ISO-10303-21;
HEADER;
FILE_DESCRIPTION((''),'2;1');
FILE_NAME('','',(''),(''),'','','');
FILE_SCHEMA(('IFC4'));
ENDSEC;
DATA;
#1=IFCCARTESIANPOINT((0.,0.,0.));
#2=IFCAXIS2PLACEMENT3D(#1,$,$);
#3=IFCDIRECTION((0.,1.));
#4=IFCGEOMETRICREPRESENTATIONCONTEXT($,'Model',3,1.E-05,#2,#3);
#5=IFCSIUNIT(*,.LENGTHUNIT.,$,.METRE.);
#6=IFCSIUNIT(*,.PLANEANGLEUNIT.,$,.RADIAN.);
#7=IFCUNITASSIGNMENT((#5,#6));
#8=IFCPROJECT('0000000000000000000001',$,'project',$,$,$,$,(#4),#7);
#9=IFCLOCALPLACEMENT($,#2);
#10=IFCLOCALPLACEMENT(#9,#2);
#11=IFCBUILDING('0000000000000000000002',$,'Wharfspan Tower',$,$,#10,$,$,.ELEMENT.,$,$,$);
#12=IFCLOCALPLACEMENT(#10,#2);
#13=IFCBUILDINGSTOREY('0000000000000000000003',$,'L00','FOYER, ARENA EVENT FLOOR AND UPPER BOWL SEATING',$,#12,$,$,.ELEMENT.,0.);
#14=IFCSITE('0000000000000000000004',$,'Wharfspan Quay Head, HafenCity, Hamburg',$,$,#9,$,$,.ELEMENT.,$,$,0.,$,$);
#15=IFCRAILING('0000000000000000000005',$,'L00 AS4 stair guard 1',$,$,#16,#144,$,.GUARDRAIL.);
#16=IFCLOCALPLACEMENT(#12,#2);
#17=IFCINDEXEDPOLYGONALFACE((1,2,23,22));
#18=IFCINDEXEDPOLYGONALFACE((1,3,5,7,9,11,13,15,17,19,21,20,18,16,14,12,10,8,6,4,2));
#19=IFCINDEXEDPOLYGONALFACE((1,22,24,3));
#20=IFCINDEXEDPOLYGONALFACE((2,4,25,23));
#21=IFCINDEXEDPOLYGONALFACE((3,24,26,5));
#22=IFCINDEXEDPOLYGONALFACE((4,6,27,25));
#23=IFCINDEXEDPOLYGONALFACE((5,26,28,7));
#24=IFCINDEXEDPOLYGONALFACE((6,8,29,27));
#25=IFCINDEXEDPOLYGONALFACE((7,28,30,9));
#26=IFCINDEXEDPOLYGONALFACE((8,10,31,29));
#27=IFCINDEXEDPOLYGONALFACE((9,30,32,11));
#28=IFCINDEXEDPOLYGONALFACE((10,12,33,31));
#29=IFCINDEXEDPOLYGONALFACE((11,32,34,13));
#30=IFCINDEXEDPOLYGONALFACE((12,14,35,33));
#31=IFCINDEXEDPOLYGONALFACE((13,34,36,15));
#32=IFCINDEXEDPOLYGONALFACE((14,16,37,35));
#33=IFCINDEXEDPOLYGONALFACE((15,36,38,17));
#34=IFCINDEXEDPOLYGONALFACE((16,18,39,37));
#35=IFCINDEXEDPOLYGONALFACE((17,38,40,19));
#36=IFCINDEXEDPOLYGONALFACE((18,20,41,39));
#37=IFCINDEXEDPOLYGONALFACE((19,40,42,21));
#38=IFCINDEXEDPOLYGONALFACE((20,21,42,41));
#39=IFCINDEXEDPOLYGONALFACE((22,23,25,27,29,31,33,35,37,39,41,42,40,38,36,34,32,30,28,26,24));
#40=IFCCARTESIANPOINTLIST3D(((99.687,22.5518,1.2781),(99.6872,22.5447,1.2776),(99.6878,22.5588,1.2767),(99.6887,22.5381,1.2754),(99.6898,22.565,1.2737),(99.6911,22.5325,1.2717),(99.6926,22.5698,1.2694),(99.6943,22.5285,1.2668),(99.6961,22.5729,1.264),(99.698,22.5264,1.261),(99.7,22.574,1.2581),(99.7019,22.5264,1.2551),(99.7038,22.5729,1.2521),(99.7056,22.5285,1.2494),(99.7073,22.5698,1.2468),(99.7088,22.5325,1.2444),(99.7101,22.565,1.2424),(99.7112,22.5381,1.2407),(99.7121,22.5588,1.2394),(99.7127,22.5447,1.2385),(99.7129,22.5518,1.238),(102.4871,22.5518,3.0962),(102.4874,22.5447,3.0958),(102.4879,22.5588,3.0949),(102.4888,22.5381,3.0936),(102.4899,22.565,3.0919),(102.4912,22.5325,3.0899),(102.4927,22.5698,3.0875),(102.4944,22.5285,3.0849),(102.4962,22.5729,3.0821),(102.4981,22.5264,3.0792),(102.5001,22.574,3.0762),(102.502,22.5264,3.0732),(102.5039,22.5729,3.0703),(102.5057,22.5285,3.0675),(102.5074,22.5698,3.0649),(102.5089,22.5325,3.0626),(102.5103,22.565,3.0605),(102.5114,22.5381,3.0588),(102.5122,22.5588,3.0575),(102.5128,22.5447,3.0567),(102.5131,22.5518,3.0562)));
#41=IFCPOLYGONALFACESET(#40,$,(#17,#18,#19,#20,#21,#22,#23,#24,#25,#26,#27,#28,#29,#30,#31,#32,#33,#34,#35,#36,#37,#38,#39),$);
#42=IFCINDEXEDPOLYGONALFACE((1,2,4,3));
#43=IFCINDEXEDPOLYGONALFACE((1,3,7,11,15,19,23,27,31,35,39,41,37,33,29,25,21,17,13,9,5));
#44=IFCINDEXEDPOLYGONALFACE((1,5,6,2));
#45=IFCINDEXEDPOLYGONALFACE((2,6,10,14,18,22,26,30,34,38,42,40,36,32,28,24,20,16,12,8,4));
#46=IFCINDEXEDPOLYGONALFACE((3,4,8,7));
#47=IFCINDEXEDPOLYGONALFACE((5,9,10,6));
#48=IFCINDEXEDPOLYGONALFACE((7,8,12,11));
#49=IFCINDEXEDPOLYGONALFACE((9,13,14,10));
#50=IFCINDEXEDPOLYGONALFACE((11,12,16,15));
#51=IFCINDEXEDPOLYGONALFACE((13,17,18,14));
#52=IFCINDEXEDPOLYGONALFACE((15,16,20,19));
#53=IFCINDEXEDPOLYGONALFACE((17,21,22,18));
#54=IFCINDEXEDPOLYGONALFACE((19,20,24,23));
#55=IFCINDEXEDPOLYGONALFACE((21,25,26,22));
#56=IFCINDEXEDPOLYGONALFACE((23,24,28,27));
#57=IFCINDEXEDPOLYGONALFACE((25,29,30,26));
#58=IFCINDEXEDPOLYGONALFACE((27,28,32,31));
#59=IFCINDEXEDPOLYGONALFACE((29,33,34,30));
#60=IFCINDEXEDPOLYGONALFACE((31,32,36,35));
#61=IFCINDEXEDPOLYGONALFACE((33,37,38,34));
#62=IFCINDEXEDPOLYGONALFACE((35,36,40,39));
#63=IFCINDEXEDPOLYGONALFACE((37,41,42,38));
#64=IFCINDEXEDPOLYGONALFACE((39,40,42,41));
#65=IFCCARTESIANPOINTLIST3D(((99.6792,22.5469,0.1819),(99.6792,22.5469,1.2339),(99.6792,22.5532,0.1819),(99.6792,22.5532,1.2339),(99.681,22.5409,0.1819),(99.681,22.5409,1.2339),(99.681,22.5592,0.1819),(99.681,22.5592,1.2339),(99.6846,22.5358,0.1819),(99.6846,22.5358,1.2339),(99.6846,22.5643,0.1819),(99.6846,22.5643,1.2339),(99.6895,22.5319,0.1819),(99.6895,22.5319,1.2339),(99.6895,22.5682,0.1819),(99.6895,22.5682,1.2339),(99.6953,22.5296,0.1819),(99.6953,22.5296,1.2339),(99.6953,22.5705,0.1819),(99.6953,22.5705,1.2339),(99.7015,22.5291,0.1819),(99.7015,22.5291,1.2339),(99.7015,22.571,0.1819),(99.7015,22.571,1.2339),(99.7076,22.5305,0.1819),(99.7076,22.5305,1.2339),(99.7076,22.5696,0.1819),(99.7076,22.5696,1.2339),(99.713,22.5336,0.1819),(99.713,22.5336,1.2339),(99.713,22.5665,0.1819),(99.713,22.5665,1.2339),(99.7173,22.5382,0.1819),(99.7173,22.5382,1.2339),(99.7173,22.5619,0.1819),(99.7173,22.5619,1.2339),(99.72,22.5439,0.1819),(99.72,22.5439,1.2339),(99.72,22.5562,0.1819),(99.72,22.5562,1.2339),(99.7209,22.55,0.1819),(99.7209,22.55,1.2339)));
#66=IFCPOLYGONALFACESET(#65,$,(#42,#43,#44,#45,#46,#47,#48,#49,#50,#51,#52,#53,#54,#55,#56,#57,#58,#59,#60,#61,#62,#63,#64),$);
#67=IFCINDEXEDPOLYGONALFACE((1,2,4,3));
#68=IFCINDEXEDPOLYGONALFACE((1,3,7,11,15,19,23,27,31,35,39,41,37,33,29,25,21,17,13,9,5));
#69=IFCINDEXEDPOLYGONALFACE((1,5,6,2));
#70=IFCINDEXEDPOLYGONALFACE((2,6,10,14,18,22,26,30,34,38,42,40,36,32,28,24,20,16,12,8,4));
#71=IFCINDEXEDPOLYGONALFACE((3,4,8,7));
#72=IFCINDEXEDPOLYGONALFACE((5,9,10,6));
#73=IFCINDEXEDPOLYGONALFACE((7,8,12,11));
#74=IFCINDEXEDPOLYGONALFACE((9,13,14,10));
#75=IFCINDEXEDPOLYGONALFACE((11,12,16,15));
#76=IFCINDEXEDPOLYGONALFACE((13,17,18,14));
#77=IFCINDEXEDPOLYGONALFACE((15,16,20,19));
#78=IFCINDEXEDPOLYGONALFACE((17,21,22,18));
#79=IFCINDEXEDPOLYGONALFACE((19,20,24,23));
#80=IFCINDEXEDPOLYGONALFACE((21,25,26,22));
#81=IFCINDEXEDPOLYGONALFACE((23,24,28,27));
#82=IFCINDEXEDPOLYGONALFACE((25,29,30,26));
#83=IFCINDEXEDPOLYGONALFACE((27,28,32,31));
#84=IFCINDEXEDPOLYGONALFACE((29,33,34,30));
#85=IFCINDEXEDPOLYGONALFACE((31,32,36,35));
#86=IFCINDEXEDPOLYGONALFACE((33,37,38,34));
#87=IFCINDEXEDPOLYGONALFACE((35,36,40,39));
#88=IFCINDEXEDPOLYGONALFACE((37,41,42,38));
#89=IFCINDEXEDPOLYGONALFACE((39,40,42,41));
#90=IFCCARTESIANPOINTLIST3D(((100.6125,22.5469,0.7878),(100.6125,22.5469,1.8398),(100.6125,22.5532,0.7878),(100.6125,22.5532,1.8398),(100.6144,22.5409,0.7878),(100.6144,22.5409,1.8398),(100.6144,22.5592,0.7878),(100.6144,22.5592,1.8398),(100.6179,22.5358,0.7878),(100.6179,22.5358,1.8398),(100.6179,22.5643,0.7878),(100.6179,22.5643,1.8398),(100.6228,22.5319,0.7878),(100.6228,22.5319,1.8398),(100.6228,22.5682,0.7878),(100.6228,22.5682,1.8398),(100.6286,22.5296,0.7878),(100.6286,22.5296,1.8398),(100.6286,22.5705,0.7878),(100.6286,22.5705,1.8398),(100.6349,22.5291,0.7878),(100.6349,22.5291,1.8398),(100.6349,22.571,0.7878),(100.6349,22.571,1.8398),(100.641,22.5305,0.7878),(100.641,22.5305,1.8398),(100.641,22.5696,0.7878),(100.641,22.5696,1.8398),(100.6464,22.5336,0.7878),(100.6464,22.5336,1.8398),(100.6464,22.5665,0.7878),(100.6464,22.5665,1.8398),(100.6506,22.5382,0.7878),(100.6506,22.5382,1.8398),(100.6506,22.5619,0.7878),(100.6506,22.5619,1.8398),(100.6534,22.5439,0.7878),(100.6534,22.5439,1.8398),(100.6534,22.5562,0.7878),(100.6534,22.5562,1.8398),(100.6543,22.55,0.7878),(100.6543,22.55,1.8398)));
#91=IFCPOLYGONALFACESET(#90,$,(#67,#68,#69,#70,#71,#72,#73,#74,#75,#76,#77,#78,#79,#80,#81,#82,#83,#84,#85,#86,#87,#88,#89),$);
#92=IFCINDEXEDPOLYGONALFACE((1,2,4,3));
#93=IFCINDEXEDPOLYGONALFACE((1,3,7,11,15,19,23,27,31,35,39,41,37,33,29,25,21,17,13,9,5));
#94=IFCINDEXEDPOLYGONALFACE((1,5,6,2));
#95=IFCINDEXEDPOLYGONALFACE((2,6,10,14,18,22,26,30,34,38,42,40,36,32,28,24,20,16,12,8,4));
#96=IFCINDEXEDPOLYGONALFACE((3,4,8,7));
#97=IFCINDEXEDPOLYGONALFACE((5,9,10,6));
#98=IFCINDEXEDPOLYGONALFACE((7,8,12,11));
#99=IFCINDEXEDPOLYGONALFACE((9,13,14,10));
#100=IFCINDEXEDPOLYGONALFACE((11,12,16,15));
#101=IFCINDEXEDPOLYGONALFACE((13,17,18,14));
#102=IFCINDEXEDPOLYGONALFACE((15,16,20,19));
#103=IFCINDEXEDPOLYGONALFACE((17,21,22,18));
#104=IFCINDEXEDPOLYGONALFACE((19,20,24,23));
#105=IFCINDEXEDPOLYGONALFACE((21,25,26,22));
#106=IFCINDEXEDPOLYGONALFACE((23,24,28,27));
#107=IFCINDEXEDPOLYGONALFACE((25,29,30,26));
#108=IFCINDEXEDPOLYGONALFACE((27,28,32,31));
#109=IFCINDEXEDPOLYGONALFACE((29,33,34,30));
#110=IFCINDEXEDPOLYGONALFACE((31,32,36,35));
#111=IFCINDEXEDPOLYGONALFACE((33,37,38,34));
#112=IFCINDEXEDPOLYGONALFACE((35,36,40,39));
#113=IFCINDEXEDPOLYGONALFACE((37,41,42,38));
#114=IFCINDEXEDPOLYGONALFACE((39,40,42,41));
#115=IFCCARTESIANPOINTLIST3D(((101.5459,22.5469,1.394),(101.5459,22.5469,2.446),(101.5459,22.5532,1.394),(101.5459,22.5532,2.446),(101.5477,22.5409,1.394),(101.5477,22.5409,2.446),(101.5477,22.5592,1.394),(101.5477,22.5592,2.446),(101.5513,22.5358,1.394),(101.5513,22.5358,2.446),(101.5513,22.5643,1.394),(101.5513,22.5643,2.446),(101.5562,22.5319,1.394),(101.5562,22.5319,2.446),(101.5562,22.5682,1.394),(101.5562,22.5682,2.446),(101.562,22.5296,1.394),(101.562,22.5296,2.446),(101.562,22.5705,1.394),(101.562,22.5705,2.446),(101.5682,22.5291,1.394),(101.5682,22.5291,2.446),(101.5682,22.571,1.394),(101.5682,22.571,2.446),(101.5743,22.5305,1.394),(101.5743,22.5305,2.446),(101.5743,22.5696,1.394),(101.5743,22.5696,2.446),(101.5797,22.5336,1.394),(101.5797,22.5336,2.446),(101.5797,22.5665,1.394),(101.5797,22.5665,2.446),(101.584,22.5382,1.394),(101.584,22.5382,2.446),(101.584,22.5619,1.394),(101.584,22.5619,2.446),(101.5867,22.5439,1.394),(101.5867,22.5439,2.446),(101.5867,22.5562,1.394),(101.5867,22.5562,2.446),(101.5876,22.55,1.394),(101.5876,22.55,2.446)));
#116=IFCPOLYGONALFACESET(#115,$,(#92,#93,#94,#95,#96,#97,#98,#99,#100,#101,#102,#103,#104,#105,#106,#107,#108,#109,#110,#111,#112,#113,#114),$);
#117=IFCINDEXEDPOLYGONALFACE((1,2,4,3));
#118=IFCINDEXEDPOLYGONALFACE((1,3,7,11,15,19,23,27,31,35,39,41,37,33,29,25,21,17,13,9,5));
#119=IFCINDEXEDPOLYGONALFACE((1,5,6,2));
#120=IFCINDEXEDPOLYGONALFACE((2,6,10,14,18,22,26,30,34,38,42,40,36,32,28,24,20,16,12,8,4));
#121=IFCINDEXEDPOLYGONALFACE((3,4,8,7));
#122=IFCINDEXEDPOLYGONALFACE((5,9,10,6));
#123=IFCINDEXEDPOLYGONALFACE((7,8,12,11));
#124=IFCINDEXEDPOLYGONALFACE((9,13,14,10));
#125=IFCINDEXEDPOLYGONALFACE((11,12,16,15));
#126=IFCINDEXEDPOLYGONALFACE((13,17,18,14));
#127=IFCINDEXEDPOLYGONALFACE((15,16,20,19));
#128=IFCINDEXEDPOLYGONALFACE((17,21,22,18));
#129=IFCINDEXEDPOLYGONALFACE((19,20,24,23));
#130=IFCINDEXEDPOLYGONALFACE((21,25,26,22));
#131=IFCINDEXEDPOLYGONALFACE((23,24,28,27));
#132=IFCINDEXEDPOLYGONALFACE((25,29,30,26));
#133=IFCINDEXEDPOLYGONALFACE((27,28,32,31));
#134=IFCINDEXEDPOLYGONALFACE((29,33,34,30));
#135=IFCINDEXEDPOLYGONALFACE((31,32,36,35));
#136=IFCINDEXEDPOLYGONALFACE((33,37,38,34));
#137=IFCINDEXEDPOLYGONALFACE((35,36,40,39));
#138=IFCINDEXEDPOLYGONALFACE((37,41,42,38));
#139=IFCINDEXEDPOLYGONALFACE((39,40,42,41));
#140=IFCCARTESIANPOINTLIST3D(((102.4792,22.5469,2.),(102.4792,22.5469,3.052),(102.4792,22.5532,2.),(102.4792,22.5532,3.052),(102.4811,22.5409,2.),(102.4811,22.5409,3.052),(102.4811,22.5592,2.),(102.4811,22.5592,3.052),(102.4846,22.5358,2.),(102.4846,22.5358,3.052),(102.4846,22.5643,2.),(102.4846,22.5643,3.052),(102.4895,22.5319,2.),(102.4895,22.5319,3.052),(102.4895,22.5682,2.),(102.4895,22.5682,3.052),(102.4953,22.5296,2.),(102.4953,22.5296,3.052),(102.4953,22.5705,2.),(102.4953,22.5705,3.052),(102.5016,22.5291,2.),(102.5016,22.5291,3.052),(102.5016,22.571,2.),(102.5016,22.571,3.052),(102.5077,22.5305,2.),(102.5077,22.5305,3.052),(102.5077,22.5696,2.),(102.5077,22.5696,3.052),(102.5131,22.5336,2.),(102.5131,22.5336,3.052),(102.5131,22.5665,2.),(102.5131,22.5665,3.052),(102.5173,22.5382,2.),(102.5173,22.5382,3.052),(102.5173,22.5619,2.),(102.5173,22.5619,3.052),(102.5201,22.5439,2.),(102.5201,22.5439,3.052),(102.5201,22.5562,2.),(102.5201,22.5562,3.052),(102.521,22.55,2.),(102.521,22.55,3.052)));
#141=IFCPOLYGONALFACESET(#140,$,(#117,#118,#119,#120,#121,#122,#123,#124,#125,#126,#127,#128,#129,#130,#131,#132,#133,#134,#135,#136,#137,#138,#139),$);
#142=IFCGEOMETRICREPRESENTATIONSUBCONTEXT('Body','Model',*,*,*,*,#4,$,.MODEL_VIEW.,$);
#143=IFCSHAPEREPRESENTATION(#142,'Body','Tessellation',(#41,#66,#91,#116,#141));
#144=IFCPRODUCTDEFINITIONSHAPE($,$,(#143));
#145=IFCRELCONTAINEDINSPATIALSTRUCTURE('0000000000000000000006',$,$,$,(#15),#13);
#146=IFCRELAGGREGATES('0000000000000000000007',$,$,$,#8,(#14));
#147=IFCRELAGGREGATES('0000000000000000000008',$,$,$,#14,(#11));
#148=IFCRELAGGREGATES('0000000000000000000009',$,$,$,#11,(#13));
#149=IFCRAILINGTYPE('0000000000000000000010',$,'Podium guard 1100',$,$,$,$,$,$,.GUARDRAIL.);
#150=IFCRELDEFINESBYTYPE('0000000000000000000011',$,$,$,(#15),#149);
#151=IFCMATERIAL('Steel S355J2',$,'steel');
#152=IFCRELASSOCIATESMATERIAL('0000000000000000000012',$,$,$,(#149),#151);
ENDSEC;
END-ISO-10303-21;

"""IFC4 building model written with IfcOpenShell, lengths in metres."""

from ifc_helpers import new_model, si_unit, direction, frame, origin, origin_2d, place, context, subcontext, project, spatial, circle, extrude, material, type_object, element, save


model = new_model("IFC4")

# Units and contexts
model_context = context("Model", 3, precision=1e-05, world=origin(), true_north=direction((0.0, 1.0)))
body_context = subcontext(model_context, "Body", "Model", "MODEL_VIEW")
ifc_project = project(units=[si_unit("LENGTHUNIT", "METRE"), si_unit("PLANEANGLEUNIT", "RADIAN")], contexts=[model_context])

# Site, building, storey
site_placement = place(None, origin())
site = spatial("IfcSite", under=ifc_project, at=site_placement, Name="Wharfspan Quay Head, HafenCity, Hamburg", CompositionType="ELEMENT", RefElevation=0.0)
building_placement = place(site_placement, origin())
building = spatial("IfcBuilding", under=site, at=building_placement, Name="Wharfspan Tower", CompositionType="ELEMENT")
storey_placement = place(building_placement, origin())
storey = spatial("IfcBuildingStorey", under=building, at=storey_placement, Name="L00", Description="FOYER, ARENA EVENT FLOOR AND UPPER BOWL SEATING", CompositionType="ELEMENT", Elevation=0.0)

# Shared definitions
ifc_material_1 = material(Name="Steel S355J2", Category="steel")

# Railing
railing_type_1 = type_object("IfcRailingType", Name="Podium guard 1100", PredefinedType="GUARDRAIL", material=ifc_material_1)
railing_1_placement = place(storey_placement, frame((99.7, 22.55, 0.1819)))
element("IfcRailing", 1, at=railing_1_placement, inside=storey, type_object=railing_type_1, Name="L00 AS4 stair guard 1", PredefinedType="GUARDRAIL", context=body_context, shape_type="SweptSolid", body=[
    extrude(circle(Radius=0.0239, at=origin_2d()), frame((0.0, 0.0, 1.0762), z_axis=(0.838706, 0.0, 0.544585), x_axis=(0.0, 1.0, 0.0)), (0.0, 0.0, 1.0), 3.3386),
    extrude(circle(Radius=0.021, at=origin_2d()), origin(), (0.0, 0.0, 1.0), 1.052),
    extrude(circle(Radius=0.021, at=origin_2d()), frame((0.9334, 0.0, 0.606)), (0.0, 0.0, 1.0), 1.052),
    extrude(circle(Radius=0.021, at=origin_2d()), frame((1.8667, 0.0, 1.2122)), (0.0, 0.0, 1.0), 1.052),
    extrude(circle(Radius=0.021, at=origin_2d()), frame((2.8, 0.0, 1.8181)), (0.0, 0.0, 1.0), 1.052),
])

save(model, "model.ifc")
